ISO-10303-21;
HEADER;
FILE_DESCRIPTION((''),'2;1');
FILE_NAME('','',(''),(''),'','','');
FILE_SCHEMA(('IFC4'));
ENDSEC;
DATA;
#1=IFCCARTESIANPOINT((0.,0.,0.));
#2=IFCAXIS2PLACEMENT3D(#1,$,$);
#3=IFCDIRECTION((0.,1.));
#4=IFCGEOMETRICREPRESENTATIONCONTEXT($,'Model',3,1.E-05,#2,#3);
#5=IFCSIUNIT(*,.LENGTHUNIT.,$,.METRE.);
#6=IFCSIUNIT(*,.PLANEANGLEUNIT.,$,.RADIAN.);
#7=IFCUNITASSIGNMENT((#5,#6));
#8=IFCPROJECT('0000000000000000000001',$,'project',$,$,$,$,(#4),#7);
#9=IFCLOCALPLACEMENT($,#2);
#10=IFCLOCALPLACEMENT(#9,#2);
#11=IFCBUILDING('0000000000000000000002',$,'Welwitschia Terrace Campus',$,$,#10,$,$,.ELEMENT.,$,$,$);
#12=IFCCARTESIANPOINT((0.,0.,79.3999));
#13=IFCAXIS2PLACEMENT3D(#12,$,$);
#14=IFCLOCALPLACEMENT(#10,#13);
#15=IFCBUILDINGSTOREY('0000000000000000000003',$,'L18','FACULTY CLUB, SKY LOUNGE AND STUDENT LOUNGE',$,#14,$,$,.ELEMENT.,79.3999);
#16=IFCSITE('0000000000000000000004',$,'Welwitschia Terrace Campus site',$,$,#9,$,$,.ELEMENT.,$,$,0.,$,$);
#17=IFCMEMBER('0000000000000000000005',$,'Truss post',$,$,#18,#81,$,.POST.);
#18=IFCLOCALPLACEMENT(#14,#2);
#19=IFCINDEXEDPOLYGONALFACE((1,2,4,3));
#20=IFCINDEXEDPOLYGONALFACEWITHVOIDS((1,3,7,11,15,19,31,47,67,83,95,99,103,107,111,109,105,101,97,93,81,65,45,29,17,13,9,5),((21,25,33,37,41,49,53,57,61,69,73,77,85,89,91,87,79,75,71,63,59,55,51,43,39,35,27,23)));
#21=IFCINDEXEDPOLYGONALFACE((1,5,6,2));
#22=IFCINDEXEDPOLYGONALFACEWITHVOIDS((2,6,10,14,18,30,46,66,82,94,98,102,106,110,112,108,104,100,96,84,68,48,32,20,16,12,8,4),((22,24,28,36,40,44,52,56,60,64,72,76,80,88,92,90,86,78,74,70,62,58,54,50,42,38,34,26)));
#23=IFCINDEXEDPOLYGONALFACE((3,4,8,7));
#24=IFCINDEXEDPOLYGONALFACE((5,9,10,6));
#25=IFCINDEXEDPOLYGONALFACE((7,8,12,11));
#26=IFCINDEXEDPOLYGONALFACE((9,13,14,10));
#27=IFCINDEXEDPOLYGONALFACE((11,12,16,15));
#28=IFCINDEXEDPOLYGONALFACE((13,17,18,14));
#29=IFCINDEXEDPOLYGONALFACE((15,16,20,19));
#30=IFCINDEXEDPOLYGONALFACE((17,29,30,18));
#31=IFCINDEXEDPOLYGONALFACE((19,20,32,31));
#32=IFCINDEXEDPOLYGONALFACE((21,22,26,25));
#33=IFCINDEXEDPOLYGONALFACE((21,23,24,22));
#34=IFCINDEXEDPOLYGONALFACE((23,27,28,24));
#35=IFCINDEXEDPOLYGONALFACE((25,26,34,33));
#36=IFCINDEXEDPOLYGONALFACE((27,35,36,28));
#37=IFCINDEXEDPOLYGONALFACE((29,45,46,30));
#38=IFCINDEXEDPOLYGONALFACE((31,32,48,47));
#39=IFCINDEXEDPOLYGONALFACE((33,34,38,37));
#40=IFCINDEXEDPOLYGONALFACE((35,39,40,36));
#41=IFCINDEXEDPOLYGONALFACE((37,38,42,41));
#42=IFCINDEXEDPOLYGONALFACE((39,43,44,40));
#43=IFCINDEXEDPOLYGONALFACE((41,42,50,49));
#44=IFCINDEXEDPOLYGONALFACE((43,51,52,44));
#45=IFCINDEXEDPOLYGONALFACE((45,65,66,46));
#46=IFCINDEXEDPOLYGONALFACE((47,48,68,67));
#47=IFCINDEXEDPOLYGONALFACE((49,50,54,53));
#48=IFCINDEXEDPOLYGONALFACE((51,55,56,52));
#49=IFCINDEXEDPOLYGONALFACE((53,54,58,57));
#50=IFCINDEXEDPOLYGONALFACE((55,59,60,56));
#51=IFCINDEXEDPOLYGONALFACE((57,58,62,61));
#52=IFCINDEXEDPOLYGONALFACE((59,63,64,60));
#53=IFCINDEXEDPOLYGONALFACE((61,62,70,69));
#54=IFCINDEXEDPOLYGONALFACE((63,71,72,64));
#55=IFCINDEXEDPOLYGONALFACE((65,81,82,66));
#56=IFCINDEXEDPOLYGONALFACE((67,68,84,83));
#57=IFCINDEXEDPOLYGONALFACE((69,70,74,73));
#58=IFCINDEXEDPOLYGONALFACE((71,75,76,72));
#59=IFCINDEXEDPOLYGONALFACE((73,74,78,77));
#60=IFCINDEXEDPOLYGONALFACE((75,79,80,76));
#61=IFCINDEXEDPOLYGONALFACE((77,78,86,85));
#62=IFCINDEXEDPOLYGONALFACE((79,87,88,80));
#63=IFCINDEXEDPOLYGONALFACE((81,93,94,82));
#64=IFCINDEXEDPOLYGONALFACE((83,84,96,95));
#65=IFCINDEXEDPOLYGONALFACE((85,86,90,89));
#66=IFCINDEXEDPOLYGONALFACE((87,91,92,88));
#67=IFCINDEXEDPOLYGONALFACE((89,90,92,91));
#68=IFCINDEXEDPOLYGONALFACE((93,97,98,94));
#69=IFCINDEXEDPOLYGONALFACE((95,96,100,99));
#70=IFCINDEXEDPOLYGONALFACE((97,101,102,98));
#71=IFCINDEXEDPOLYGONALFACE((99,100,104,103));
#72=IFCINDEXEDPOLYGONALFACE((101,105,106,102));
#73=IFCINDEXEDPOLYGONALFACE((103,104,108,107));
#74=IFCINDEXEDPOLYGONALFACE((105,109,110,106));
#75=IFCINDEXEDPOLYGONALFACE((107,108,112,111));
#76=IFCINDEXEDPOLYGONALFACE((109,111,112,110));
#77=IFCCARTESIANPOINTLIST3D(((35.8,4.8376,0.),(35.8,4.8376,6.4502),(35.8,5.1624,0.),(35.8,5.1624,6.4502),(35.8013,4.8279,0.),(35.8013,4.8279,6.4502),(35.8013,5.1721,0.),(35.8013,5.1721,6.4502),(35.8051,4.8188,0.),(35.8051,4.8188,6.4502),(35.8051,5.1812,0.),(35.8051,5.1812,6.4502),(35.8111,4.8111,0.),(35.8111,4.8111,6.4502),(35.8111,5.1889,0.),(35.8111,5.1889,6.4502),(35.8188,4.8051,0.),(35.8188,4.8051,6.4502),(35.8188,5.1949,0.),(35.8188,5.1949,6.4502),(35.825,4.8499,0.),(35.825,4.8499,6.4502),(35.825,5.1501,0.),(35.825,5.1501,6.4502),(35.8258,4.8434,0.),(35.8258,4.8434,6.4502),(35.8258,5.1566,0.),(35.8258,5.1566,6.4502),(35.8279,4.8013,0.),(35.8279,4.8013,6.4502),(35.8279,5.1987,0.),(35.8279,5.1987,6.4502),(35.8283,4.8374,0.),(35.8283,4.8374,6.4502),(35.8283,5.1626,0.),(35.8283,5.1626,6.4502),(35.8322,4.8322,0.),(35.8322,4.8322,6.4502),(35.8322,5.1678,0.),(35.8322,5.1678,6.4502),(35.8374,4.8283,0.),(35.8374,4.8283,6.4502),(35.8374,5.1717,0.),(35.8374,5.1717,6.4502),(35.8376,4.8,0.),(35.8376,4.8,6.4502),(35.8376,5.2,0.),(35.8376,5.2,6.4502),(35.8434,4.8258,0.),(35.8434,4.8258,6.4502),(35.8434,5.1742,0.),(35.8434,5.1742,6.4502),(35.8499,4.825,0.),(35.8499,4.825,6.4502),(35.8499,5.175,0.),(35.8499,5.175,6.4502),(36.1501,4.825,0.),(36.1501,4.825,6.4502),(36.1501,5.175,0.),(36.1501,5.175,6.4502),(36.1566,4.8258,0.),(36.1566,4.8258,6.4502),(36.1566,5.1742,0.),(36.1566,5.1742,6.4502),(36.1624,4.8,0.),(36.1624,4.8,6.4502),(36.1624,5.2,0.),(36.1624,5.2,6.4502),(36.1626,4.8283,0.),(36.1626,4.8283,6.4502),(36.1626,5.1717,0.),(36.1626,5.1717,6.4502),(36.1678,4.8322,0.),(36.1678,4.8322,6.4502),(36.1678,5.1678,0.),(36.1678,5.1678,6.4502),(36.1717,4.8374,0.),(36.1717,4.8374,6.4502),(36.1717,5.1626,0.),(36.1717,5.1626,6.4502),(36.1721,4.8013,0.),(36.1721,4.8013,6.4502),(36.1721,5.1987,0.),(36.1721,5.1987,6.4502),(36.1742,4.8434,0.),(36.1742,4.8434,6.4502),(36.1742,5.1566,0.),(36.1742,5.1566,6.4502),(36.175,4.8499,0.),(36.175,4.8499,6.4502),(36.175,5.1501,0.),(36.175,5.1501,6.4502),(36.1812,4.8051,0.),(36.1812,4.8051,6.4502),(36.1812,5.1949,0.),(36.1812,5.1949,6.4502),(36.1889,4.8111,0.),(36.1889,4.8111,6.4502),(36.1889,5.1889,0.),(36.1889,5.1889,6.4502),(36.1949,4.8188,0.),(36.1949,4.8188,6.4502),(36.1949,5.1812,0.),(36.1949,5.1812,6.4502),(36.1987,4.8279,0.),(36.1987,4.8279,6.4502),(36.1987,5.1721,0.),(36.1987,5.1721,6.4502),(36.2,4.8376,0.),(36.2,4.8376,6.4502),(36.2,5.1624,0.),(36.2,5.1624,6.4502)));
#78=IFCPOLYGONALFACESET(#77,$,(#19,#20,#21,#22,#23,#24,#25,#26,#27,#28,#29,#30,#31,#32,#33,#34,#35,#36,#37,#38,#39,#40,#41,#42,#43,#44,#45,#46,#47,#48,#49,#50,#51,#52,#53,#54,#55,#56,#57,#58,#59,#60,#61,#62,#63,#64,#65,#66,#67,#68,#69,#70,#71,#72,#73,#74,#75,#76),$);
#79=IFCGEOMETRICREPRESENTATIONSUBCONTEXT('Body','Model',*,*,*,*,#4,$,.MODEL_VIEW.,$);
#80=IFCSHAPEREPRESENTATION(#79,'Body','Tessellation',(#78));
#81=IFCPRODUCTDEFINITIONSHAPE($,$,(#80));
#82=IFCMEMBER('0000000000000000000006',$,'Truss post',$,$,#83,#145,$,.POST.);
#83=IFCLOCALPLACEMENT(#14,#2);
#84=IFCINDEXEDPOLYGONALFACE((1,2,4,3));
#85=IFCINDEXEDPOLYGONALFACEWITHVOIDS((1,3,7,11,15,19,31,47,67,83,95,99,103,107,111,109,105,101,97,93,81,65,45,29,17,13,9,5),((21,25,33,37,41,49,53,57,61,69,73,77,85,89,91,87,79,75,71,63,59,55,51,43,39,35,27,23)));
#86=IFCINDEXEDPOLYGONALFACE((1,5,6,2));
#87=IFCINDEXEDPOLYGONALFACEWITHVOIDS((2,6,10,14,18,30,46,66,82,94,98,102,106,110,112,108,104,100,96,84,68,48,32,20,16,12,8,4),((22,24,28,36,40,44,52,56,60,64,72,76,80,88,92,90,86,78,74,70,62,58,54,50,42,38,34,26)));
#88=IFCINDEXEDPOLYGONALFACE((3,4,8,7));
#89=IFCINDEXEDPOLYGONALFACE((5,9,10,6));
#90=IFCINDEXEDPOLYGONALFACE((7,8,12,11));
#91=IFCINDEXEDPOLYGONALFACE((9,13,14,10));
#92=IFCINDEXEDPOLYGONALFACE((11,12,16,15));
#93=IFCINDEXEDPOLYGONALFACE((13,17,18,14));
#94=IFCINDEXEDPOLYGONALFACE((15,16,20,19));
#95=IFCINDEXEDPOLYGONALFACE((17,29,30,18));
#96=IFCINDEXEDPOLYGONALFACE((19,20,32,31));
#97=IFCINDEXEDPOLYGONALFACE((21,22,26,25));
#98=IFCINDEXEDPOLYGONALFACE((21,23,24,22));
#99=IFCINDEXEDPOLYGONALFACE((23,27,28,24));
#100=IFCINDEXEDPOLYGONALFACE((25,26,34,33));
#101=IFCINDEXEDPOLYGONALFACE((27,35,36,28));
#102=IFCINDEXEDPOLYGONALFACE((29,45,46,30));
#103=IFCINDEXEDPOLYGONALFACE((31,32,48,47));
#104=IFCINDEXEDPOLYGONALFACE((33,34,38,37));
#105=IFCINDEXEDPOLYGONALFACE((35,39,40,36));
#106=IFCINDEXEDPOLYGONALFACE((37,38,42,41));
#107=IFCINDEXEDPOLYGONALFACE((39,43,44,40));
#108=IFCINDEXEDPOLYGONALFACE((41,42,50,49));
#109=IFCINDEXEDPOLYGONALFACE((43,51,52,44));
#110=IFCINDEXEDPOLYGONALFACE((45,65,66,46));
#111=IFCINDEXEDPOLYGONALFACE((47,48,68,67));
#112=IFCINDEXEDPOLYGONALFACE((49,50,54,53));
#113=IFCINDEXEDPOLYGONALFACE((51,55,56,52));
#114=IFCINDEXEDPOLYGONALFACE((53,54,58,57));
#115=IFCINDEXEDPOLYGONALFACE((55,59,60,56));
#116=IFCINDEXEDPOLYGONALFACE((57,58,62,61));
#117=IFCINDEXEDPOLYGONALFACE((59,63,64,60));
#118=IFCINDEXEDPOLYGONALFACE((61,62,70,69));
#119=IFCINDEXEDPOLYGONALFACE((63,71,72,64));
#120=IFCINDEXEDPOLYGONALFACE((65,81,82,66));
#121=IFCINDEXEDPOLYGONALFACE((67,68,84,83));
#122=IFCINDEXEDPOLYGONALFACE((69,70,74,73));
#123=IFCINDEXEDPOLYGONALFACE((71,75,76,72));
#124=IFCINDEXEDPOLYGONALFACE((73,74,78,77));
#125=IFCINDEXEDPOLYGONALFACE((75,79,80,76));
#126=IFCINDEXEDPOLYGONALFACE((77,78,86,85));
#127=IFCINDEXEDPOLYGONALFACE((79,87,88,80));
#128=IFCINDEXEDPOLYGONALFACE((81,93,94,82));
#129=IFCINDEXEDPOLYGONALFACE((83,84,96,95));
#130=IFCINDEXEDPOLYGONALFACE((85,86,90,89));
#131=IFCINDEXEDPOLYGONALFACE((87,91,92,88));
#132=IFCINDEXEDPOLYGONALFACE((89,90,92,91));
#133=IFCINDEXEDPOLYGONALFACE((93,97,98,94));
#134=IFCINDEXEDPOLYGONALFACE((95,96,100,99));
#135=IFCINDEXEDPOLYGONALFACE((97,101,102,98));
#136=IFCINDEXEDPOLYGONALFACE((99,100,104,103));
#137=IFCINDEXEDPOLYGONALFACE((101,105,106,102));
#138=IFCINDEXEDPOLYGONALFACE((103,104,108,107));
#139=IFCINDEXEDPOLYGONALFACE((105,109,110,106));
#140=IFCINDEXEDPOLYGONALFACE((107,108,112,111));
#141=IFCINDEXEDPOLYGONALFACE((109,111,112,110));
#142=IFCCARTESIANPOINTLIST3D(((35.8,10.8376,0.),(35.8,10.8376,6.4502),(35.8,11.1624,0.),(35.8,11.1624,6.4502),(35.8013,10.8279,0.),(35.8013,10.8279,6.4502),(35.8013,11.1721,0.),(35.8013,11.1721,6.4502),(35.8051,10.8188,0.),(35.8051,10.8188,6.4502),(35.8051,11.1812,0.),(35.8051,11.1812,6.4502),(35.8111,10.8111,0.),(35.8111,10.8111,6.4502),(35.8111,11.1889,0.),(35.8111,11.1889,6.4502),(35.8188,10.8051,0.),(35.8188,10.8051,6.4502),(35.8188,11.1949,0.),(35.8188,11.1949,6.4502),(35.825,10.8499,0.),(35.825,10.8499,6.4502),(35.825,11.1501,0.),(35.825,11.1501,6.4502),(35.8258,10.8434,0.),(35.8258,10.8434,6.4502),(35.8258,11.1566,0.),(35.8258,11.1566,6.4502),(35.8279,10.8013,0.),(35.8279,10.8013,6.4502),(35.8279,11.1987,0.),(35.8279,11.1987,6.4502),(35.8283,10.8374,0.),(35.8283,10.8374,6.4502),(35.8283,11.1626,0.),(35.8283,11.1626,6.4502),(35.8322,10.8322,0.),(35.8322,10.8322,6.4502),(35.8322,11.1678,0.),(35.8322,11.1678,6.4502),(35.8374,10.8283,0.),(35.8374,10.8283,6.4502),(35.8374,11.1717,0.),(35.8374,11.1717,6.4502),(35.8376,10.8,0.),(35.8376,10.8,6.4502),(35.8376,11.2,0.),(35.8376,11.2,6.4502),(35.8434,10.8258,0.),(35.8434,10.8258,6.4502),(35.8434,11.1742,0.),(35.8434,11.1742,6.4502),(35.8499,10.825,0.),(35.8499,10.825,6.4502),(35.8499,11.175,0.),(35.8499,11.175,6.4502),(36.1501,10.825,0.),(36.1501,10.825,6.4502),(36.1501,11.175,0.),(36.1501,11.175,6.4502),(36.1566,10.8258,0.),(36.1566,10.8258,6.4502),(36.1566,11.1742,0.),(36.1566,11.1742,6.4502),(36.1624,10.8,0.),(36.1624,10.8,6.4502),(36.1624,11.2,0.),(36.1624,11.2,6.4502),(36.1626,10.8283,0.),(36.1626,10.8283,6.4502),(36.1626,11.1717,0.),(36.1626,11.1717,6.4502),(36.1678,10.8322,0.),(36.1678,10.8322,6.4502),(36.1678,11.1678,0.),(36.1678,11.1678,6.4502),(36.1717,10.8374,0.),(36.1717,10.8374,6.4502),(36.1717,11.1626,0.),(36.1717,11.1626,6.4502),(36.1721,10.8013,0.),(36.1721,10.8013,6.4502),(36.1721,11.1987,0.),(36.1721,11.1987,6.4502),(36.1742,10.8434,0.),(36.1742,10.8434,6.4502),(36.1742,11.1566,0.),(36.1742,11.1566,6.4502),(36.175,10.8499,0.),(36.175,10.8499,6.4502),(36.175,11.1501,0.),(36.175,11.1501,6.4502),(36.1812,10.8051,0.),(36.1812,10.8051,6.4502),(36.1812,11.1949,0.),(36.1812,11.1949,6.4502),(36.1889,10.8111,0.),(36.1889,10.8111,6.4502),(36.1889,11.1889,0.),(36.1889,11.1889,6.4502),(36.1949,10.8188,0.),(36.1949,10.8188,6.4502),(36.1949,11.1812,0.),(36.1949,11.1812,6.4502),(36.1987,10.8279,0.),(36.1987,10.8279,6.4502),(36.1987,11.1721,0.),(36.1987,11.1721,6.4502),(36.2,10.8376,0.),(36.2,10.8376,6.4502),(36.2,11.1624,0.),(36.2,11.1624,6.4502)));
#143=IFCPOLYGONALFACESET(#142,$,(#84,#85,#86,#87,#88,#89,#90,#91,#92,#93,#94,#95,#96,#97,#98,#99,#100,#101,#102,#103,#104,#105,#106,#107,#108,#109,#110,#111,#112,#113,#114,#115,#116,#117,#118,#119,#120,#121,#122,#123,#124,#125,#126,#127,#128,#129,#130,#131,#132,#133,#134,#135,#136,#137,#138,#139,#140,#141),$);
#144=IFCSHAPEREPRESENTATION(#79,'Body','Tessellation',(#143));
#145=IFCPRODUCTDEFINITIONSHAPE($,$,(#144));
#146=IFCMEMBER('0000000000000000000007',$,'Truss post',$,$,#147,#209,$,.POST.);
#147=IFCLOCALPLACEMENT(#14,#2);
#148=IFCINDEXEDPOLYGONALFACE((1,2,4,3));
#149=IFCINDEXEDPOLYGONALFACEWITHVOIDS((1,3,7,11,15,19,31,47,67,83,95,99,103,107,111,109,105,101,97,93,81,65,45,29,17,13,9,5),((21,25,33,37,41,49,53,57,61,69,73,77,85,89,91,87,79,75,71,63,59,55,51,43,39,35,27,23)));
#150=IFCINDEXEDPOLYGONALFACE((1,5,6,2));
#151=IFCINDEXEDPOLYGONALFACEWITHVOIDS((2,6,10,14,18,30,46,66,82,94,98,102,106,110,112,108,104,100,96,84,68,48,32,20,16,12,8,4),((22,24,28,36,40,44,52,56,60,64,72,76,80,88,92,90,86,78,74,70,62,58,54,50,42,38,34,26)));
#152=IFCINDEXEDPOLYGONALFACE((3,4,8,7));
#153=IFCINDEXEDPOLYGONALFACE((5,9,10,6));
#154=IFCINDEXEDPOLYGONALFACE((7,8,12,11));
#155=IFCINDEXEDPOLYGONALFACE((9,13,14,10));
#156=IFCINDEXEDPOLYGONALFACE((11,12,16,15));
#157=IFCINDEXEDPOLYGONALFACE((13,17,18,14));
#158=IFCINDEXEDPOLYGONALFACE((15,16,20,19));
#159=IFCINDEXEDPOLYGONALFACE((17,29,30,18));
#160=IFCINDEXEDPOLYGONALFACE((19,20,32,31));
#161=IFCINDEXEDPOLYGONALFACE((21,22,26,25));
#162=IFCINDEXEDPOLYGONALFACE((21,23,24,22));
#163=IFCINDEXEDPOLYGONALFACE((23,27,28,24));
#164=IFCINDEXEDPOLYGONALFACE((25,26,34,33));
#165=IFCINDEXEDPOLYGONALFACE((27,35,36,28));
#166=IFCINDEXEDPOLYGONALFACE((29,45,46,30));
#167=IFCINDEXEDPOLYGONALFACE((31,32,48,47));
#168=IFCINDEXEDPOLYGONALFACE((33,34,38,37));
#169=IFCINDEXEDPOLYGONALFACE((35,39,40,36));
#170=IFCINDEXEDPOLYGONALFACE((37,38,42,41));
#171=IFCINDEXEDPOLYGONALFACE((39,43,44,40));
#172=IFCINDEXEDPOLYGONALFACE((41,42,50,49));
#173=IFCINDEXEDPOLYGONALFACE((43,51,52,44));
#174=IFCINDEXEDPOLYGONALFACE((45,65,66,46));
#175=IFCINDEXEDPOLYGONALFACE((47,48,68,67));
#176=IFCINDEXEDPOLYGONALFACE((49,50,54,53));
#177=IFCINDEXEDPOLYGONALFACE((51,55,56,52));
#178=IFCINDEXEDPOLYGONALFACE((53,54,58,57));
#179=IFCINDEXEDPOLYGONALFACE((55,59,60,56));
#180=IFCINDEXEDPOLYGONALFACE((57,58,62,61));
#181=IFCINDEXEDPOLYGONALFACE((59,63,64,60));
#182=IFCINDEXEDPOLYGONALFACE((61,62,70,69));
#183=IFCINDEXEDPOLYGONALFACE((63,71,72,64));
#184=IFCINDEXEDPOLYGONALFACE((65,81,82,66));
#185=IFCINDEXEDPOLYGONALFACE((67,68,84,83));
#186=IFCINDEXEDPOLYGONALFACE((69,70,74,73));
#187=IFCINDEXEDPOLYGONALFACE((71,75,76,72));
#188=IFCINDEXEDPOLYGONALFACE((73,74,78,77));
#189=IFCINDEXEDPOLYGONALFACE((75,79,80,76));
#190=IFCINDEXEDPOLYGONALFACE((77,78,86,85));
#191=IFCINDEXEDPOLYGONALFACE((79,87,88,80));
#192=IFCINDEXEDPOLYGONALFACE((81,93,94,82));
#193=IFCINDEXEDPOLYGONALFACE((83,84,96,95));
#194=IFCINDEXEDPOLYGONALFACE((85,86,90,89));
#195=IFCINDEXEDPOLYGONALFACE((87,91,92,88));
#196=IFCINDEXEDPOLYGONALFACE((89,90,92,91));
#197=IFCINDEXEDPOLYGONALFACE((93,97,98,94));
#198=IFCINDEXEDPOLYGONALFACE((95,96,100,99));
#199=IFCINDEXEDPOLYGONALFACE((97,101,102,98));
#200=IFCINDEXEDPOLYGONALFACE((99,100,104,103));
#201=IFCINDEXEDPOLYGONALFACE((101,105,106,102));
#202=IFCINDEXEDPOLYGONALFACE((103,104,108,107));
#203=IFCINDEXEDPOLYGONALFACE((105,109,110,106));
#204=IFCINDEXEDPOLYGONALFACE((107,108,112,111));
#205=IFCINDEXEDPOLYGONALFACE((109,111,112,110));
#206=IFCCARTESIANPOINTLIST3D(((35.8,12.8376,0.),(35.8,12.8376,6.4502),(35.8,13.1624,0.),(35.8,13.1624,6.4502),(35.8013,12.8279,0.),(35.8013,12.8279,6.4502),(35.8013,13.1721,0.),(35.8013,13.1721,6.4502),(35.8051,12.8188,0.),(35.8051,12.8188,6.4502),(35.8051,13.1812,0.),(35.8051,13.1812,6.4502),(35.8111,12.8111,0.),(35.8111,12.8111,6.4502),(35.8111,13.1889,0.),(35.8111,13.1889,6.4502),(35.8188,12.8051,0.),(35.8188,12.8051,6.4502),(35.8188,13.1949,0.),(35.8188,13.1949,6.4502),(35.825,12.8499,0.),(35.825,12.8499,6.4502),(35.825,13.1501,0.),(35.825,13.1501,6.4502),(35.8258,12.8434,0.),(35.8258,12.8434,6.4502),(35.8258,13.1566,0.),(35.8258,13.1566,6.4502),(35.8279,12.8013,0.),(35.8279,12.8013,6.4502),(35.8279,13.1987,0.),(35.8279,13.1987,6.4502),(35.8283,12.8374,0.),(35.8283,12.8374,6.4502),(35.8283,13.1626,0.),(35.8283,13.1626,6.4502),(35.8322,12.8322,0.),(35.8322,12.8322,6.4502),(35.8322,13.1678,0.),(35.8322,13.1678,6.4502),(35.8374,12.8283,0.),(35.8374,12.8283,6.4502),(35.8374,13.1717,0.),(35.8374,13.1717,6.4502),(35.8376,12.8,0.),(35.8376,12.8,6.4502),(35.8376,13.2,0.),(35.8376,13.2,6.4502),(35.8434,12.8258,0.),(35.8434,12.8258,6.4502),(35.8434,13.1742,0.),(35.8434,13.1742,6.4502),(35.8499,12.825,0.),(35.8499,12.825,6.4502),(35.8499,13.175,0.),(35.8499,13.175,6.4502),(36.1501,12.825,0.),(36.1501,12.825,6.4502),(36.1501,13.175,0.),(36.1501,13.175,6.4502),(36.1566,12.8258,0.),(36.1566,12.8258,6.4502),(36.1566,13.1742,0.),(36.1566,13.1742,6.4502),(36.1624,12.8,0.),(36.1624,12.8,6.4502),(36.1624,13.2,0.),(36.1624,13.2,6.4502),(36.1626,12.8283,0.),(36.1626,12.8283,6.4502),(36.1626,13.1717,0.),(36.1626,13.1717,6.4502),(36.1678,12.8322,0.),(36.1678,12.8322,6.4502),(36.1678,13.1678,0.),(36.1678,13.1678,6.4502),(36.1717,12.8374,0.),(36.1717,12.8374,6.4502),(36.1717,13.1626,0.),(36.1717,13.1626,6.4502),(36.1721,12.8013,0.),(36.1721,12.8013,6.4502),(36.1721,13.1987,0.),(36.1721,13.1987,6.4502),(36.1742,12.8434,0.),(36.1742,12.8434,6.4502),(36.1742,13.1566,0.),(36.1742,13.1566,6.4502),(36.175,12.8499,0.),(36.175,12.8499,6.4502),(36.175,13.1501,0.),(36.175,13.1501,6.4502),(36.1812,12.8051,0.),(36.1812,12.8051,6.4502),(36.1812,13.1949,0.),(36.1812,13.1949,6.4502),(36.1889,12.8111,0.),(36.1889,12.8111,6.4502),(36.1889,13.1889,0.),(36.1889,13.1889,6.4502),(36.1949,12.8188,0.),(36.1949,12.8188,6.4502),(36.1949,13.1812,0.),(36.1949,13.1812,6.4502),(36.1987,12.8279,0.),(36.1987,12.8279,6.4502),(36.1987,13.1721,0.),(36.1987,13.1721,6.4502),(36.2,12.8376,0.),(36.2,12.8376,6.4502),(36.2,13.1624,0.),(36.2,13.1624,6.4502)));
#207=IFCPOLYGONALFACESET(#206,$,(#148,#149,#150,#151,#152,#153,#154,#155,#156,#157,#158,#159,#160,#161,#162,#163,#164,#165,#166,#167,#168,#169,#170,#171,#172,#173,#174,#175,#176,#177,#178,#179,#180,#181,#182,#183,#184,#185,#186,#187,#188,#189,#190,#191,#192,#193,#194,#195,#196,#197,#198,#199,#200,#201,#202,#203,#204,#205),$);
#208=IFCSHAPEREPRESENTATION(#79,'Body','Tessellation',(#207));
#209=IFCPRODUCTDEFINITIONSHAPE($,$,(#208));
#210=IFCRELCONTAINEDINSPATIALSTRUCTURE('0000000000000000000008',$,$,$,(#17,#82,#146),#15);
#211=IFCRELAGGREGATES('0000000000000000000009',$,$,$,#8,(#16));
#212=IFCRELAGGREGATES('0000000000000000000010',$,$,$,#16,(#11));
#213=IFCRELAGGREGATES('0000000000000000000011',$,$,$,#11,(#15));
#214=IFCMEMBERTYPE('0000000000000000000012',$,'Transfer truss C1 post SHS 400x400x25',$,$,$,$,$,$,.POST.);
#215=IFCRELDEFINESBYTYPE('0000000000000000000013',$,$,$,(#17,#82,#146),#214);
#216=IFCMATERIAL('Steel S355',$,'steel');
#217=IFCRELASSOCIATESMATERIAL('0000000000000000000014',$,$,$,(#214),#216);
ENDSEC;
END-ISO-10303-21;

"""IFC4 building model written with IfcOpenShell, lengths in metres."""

from ifc_helpers import new_model, si_unit, direction, frame, origin, origin_2d, place, context, subcontext, project, spatial, hollow_rectangle, extrude, material, material_profile, profile_set, type_object, element, save


model = new_model("IFC4")

# Units and contexts
model_context = context("Model", 3, precision=1e-05, world=origin(), true_north=direction((0.0, 1.0)))
body_context = subcontext(model_context, "Body", "Model", "MODEL_VIEW")
ifc_project = project(units=[si_unit("LENGTHUNIT", "METRE"), si_unit("PLANEANGLEUNIT", "RADIAN")], contexts=[model_context])

# Site, building, storey
site_placement = place(None, origin())
site = spatial("IfcSite", under=ifc_project, at=site_placement, Name="Welwitschia Terrace Campus site", CompositionType="ELEMENT", RefElevation=0.0)
building_placement = place(site_placement, origin())
building = spatial("IfcBuilding", under=site, at=building_placement, Name="Welwitschia Terrace Campus", CompositionType="ELEMENT")
storey_placement = place(building_placement, frame((0.0, 0.0, 79.3999)))
storey = spatial("IfcBuildingStorey", under=building, at=storey_placement, Name="L18", Description="FACULTY CLUB, SKY LOUNGE AND STUDENT LOUNGE", CompositionType="ELEMENT", Elevation=79.3999)

# Members
ifc_material_1 = material(Name="Steel S355", Category="steel")
ifc_material_profile_1 = material_profile(ifc_material_1, hollow_rectangle(XDim=0.3999, YDim=0.3999, WallThickness=0.0249, InnerFilletRadius=0.0249, OuterFilletRadius=0.0376, at=origin_2d()))
ifc_profile_set_1 = profile_set([ifc_material_profile_1], Name="Steel S355")
member_type_1 = type_object("IfcMemberType", Name="Transfer truss C1 post SHS 400x400x25", PredefinedType="POST", material=ifc_profile_set_1)
for number, where, z_axis, x_axis, name in (
    (1, (36.0, 5.0, 0.0), (0.0, 0.0, 1.0), (1.0, 0.0, 0.0), "Truss post"),
    (2, (36.0, 11.0, 0.0), (0.0, 0.0, 1.0), (1.0, 0.0, 0.0), "Truss post"),
    (3, (36.0, 13.0, 0.0), (0.0, 0.0, 1.0), (1.0, 0.0, 0.0), "Truss post"),
):
    element("IfcMember", number, at=place(storey_placement, frame(where, z_axis=z_axis, x_axis=x_axis)), inside=storey, type_object=member_type_1, Name=name, PredefinedType="POST", context=body_context, shape_type="SweptSolid", body=[
        extrude(hollow_rectangle(XDim=0.3999, YDim=0.3999, WallThickness=0.0249, InnerFilletRadius=0.0249, OuterFilletRadius=0.0376, at=origin_2d()), origin(), (0.0, 0.0, 1.0), 6.4502),
    ])

save(model, "model.ifc")
